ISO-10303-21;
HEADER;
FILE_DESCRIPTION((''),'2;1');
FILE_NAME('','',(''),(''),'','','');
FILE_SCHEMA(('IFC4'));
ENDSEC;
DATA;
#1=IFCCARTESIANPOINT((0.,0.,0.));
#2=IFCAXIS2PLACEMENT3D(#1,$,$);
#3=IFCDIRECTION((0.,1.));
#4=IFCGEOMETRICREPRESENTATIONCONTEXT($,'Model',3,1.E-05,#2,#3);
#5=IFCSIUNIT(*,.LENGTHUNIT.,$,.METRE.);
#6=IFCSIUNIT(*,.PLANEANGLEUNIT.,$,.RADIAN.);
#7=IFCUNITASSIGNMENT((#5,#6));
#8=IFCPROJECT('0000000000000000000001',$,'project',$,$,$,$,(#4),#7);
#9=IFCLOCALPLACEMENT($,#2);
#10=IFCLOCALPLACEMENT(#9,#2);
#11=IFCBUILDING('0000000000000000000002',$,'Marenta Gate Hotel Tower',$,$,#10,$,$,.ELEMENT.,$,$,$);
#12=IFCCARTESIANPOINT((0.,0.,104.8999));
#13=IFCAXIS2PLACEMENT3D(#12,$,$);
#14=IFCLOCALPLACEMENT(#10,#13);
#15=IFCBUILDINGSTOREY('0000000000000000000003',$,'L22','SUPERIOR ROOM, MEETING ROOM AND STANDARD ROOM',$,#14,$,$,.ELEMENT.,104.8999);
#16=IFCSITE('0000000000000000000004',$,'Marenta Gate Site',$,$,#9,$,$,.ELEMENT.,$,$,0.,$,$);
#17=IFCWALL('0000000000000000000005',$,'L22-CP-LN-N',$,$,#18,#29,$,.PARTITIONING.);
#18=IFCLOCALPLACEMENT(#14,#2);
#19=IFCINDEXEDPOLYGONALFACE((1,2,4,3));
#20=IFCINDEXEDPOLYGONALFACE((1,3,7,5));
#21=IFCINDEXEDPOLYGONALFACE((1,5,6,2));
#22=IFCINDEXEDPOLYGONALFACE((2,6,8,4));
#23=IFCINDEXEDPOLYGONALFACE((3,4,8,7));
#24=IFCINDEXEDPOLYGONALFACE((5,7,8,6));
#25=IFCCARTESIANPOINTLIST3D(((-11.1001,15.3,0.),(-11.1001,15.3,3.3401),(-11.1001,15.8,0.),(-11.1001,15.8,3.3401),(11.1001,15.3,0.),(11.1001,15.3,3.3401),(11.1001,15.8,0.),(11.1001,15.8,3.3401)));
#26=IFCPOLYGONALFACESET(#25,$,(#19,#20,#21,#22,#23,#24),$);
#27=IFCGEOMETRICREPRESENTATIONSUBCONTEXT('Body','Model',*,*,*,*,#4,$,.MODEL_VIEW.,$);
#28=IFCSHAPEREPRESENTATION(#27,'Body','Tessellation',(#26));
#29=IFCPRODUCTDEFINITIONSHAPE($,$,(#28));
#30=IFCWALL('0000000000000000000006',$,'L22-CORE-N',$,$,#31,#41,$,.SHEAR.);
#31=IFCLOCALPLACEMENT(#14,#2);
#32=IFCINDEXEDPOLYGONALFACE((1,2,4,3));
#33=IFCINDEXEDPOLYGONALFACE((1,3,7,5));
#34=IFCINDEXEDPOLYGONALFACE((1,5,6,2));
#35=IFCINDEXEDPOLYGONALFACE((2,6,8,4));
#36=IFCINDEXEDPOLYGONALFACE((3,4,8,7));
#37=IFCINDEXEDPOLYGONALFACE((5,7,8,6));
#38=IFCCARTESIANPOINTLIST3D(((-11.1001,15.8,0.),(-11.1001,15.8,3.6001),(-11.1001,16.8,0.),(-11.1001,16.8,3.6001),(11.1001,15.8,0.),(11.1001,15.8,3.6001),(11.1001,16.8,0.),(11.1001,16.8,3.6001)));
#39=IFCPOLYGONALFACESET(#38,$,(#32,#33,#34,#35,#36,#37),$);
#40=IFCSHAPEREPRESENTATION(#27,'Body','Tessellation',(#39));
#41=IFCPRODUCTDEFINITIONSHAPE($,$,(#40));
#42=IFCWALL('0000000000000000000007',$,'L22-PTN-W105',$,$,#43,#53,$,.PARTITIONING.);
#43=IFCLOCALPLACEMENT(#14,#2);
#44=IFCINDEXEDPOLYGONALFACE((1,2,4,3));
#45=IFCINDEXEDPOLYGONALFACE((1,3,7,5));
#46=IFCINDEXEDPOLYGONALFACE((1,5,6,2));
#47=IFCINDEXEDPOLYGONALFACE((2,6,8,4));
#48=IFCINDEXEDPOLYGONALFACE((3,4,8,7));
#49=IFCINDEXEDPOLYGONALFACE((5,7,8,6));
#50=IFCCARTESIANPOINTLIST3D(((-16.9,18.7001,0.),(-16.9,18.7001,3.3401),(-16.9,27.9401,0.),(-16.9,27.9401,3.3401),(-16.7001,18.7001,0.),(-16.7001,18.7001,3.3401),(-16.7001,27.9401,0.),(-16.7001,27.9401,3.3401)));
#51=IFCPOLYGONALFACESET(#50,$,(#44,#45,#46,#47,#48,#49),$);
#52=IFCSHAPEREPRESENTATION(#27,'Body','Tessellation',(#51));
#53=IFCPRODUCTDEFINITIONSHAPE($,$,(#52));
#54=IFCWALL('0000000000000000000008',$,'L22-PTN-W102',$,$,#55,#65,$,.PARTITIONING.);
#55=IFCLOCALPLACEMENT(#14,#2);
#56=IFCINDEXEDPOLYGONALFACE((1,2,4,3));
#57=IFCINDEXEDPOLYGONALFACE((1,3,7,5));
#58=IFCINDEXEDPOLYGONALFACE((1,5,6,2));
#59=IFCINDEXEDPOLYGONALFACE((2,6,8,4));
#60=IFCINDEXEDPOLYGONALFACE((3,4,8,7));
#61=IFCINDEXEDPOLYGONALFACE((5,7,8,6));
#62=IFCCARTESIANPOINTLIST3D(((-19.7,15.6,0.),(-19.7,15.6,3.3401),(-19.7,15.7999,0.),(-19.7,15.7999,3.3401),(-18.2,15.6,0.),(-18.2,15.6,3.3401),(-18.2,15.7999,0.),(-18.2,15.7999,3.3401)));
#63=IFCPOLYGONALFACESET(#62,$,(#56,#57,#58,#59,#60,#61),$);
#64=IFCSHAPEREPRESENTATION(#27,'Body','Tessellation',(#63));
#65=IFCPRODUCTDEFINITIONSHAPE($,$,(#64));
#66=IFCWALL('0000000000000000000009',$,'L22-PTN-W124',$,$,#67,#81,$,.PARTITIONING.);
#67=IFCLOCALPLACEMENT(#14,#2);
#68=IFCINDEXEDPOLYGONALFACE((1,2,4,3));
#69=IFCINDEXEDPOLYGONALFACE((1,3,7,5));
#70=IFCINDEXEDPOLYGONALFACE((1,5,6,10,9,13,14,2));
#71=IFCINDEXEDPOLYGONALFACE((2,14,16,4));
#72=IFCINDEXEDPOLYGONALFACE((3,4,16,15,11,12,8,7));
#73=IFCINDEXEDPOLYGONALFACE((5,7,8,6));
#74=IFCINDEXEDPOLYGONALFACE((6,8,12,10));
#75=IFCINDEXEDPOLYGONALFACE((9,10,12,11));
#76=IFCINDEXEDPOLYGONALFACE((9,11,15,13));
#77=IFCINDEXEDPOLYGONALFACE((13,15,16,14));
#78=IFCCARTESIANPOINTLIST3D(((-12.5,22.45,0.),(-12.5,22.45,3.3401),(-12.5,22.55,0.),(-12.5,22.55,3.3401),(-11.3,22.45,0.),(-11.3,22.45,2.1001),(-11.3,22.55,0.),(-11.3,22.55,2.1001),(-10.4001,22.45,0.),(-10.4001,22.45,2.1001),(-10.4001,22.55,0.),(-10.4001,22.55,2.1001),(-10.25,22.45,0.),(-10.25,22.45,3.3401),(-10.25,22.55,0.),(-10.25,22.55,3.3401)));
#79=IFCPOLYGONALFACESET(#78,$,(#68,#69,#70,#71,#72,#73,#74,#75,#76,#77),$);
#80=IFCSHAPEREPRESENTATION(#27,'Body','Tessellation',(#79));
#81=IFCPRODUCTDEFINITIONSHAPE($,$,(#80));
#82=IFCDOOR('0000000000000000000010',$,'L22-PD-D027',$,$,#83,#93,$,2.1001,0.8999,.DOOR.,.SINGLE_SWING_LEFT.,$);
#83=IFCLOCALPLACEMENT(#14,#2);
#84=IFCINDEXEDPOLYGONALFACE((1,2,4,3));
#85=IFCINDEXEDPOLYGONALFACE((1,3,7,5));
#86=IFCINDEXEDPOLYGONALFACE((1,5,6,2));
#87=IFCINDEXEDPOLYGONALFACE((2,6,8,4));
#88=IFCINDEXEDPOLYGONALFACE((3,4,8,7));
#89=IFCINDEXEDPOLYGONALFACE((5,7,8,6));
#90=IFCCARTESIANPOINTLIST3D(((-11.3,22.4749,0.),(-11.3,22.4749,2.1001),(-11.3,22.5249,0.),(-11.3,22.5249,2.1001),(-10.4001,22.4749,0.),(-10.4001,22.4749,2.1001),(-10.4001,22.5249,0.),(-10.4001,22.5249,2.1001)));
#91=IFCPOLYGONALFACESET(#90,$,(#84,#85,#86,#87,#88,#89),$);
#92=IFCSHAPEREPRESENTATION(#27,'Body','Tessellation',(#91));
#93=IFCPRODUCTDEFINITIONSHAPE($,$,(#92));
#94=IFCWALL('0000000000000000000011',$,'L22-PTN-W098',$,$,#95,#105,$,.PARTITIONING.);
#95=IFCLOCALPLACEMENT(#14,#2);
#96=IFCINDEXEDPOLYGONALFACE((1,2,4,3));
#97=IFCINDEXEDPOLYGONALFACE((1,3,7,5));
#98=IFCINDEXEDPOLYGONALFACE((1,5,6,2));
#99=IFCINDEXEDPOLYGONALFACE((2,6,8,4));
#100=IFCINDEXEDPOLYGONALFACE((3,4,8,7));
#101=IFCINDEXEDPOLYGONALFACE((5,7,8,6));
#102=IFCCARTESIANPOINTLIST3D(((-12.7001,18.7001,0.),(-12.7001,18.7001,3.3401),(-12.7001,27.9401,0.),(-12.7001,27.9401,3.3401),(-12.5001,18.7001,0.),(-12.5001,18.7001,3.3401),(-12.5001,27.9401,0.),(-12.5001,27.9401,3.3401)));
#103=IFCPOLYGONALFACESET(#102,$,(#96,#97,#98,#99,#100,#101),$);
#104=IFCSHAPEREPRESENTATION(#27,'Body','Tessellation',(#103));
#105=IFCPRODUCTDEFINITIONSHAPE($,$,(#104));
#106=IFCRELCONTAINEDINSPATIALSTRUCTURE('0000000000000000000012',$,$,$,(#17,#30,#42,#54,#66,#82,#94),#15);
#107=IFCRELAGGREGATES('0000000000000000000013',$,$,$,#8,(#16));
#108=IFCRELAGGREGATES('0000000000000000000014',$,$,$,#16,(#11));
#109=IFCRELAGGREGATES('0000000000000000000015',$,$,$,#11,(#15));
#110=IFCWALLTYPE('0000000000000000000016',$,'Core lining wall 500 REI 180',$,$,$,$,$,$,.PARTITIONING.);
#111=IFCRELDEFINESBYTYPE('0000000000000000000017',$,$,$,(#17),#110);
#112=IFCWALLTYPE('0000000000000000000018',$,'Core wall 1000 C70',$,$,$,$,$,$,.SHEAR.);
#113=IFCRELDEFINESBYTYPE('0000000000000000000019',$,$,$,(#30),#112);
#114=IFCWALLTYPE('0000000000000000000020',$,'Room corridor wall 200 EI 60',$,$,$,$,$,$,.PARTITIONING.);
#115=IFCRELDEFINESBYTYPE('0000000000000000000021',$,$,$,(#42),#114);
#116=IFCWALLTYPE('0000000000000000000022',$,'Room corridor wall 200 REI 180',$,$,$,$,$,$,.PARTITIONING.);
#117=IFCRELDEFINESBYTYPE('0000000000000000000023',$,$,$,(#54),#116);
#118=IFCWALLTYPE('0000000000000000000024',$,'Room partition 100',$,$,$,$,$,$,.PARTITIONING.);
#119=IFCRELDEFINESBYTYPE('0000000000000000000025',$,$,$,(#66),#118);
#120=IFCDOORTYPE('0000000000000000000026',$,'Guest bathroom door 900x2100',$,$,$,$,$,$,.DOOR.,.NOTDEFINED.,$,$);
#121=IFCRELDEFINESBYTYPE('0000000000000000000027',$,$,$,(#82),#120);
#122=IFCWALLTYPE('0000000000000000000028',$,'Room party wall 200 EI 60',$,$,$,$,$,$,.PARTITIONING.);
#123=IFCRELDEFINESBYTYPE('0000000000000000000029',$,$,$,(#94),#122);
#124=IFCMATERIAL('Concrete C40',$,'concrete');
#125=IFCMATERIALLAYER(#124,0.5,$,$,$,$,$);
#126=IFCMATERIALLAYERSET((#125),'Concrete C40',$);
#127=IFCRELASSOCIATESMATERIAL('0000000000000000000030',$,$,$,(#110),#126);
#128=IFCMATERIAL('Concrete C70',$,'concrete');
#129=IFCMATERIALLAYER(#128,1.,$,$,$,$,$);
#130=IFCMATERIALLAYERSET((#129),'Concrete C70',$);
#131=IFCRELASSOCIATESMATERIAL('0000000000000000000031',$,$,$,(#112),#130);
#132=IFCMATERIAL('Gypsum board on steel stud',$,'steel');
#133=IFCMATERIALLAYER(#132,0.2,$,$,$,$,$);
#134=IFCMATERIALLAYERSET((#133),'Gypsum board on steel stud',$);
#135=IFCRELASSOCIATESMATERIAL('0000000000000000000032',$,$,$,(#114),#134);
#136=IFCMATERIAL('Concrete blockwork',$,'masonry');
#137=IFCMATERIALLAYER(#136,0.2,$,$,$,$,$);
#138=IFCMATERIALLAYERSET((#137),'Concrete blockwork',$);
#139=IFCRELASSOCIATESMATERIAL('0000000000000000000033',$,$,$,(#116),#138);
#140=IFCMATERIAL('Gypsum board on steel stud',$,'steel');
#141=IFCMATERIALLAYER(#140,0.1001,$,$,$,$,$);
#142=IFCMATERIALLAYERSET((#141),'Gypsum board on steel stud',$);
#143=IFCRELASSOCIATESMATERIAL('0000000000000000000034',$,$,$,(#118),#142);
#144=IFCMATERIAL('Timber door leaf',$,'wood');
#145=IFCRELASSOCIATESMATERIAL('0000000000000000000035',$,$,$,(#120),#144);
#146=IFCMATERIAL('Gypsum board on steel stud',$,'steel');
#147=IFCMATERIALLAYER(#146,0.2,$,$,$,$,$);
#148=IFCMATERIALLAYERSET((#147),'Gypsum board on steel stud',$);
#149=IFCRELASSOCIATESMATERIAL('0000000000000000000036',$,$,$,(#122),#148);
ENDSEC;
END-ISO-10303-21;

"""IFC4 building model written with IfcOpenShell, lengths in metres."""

from ifc_helpers import new_model, si_unit, direction, frame, frame_2d, origin, place, context, subcontext, project, spatial, rectangle, extrude, material, layer, layer_set, type_object, element, fill, save


model = new_model("IFC4")

# Units and contexts
model_context = context("Model", 3, precision=1e-05, world=origin(), true_north=direction((0.0, 1.0)))
body_context = subcontext(model_context, "Body", "Model", "MODEL_VIEW")
ifc_project = project(units=[si_unit("LENGTHUNIT", "METRE"), si_unit("PLANEANGLEUNIT", "RADIAN")], contexts=[model_context])

# Site, building, storey
site_placement = place(None, origin())
site = spatial("IfcSite", under=ifc_project, at=site_placement, Name="Marenta Gate Site", CompositionType="ELEMENT", RefElevation=0.0)
building_placement = place(site_placement, origin())
building = spatial("IfcBuilding", under=site, at=building_placement, Name="Marenta Gate Hotel Tower", CompositionType="ELEMENT")
storey_placement = place(building_placement, frame((0.0, 0.0, 104.8999)))
storey = spatial("IfcBuildingStorey", under=building, at=storey_placement, Name="L22", Description="SUPERIOR ROOM, MEETING ROOM AND STANDARD ROOM", CompositionType="ELEMENT", Elevation=104.8999)

# Walls
ifc_material_1 = material(Name="Concrete C40", Category="concrete")
ifc_layer_1 = layer(ifc_material_1, 0.5)
ifc_layer_set_1 = layer_set([ifc_layer_1], Name="Concrete C40")
wall_type_1 = type_object("IfcWallType", Name="Core lining wall 500 REI 180", PredefinedType="PARTITIONING", material=ifc_layer_set_1)
wall_1_placement = place(storey_placement, frame((-11.1001, 15.55, 0.0), z_axis=(0.0, 0.0, 1.0), x_axis=(1.0, 0.0, 0.0)))
element("IfcWall", 1, at=wall_1_placement, inside=storey, type_object=wall_type_1, Name="L22-CP-LN-N", PredefinedType="PARTITIONING", context=body_context, shape_type="SweptSolid", body=[
    extrude(rectangle(XDim=22.2002, YDim=0.5, at=frame_2d((11.1001, 0.0))), origin(), (0.0, 0.0, 1.0), 3.3401),
])
ifc_material_2 = material(Name="Concrete C70", Category="concrete")
ifc_layer_2 = layer(ifc_material_2, 1.0)
ifc_layer_set_2 = layer_set([ifc_layer_2], Name="Concrete C70")
wall_type_2 = type_object("IfcWallType", Name="Core wall 1000 C70", PredefinedType="SHEAR", material=ifc_layer_set_2)
wall_2_placement = place(storey_placement, frame((-11.1001, 16.3, 0.0), z_axis=(0.0, 0.0, 1.0), x_axis=(1.0, 0.0, 0.0)))
element("IfcWall", 2, at=wall_2_placement, inside=storey, type_object=wall_type_2, Name="L22-CORE-N", PredefinedType="SHEAR", context=body_context, shape_type="SweptSolid", body=[
    extrude(rectangle(XDim=22.2002, YDim=1.0, at=frame_2d((11.1001, 0.0))), origin(), (0.0, 0.0, 1.0), 3.6001),
])
ifc_material_3 = material(Name="Gypsum board on steel stud", Category="steel")
ifc_layer_3 = layer(ifc_material_3, 0.2)
ifc_layer_set_3 = layer_set([ifc_layer_3], Name="Gypsum board on steel stud")
wall_type_3 = type_object("IfcWallType", Name="Room corridor wall 200 EI 60", PredefinedType="PARTITIONING", material=ifc_layer_set_3)
wall_3_placement = place(storey_placement, frame((-16.8, 18.7, 0.0), z_axis=(0.0, 0.0, 1.0), x_axis=(0.0, 1.0, 0.0)))
element("IfcWall", 3, at=wall_3_placement, inside=storey, type_object=wall_type_3, Name="L22-PTN-W105", PredefinedType="PARTITIONING", context=body_context, shape_type="SweptSolid", body=[
    extrude(rectangle(XDim=9.24, YDim=0.2, at=frame_2d((4.6201, 0.0))), origin(), (0.0, 0.0, 1.0), 3.3401),
])

# Wall
ifc_material_4 = material(Name="Concrete blockwork", Category="masonry")
ifc_layer_4 = layer(ifc_material_4, 0.2)
ifc_layer_set_4 = layer_set([ifc_layer_4], Name="Concrete blockwork")
wall_type_4 = type_object("IfcWallType", Name="Room corridor wall 200 REI 180", PredefinedType="PARTITIONING", material=ifc_layer_set_4)
wall_4_placement = place(storey_placement, frame((-19.7, 15.7, 0.0), z_axis=(0.0, 0.0, 1.0), x_axis=(1.0, 0.0, 0.0)))
element("IfcWall", 4, at=wall_4_placement, inside=storey, type_object=wall_type_4, Name="L22-PTN-W102", PredefinedType="PARTITIONING", context=body_context, shape_type="SweptSolid", body=[
    extrude(rectangle(XDim=1.5, YDim=0.2, at=frame_2d((0.75, 0.0))), origin(), (0.0, 0.0, 1.0), 3.3401),
])

# Wall, opening, door
ifc_material_5 = material(Name="Gypsum board on steel stud", Category="steel")
ifc_layer_5 = layer(ifc_material_5, 0.1001)
ifc_layer_set_5 = layer_set([ifc_layer_5], Name="Gypsum board on steel stud")
wall_type_5 = type_object("IfcWallType", Name="Room partition 100", PredefinedType="PARTITIONING", material=ifc_layer_set_5)
wall_5_placement = place(storey_placement, frame((-12.5, 22.5, 0.0), z_axis=(0.0, 0.0, 1.0), x_axis=(1.0, 0.0, 0.0)))
wall_5 = element("IfcWall", 5, at=wall_5_placement, inside=storey, type_object=wall_type_5, Name="L22-PTN-W124", PredefinedType="PARTITIONING", context=body_context, shape_type="SweptSolid", body=[
    extrude(rectangle(XDim=2.25, YDim=0.1001, at=frame_2d((1.125, 0.0))), origin(), (0.0, 0.0, 1.0), 3.3401),
])
opening_1_placement = place(wall_5_placement, frame((1.2, 0.0, 0.0)))
opening_1 = element("IfcOpeningElement", 6, at=opening_1_placement, cuts=wall_5, PredefinedType="OPENING", context=body_context, shape_type="SweptSolid", body=[
    extrude(rectangle(XDim=0.8999, YDim=2.1001, at=frame_2d((0.45, 1.05))), frame((0.0, 0.05, 0.0), z_axis=(0.0, -1.0, 0.0), x_axis=(1.0, 0.0, 0.0)), (0.0, 0.0, 1.0), 0.1001),
])
ifc_material_6 = material(Name="Timber door leaf", Category="wood")
door_type_1 = type_object("IfcDoorType", Name="Guest bathroom door 900x2100", OperationType="NOTDEFINED", PredefinedType="DOOR", material=ifc_material_6)
door_1_placement = place(opening_1_placement, origin())
door_1 = element("IfcDoor", 7, at=door_1_placement, inside=storey, type_object=door_type_1, Name="L22-PD-D027", OperationType="SINGLE_SWING_LEFT", OverallHeight=2.1001, OverallWidth=0.8999, PredefinedType="DOOR", context=body_context, shape_type="SweptSolid", body=[
    extrude(rectangle(XDim=0.8999, YDim=2.1001, at=frame_2d((0.45, 1.05))), frame((0.0, 0.0249, 0.0), z_axis=(0.0, -1.0, 0.0), x_axis=(1.0, 0.0, 0.0)), (0.0, 0.0, 1.0), 0.05),
])
fill(opening_1, door_1)

# Wall
ifc_material_7 = material(Name="Gypsum board on steel stud", Category="steel")
ifc_layer_6 = layer(ifc_material_7, 0.2)
ifc_layer_set_6 = layer_set([ifc_layer_6], Name="Gypsum board on steel stud")
wall_type_6 = type_object("IfcWallType", Name="Room party wall 200 EI 60", PredefinedType="PARTITIONING", material=ifc_layer_set_6)
wall_6_placement = place(storey_placement, frame((-12.6001, 18.7, 0.0), z_axis=(0.0, 0.0, 1.0), x_axis=(0.0, 1.0, 0.0)))
element("IfcWall", 8, at=wall_6_placement, inside=storey, type_object=wall_type_6, Name="L22-PTN-W098", PredefinedType="PARTITIONING", context=body_context, shape_type="SweptSolid", body=[
    extrude(rectangle(XDim=9.24, YDim=0.2, at=frame_2d((4.6201, 0.0))), origin(), (0.0, 0.0, 1.0), 3.3401),
])

save(model, "model.ifc")
